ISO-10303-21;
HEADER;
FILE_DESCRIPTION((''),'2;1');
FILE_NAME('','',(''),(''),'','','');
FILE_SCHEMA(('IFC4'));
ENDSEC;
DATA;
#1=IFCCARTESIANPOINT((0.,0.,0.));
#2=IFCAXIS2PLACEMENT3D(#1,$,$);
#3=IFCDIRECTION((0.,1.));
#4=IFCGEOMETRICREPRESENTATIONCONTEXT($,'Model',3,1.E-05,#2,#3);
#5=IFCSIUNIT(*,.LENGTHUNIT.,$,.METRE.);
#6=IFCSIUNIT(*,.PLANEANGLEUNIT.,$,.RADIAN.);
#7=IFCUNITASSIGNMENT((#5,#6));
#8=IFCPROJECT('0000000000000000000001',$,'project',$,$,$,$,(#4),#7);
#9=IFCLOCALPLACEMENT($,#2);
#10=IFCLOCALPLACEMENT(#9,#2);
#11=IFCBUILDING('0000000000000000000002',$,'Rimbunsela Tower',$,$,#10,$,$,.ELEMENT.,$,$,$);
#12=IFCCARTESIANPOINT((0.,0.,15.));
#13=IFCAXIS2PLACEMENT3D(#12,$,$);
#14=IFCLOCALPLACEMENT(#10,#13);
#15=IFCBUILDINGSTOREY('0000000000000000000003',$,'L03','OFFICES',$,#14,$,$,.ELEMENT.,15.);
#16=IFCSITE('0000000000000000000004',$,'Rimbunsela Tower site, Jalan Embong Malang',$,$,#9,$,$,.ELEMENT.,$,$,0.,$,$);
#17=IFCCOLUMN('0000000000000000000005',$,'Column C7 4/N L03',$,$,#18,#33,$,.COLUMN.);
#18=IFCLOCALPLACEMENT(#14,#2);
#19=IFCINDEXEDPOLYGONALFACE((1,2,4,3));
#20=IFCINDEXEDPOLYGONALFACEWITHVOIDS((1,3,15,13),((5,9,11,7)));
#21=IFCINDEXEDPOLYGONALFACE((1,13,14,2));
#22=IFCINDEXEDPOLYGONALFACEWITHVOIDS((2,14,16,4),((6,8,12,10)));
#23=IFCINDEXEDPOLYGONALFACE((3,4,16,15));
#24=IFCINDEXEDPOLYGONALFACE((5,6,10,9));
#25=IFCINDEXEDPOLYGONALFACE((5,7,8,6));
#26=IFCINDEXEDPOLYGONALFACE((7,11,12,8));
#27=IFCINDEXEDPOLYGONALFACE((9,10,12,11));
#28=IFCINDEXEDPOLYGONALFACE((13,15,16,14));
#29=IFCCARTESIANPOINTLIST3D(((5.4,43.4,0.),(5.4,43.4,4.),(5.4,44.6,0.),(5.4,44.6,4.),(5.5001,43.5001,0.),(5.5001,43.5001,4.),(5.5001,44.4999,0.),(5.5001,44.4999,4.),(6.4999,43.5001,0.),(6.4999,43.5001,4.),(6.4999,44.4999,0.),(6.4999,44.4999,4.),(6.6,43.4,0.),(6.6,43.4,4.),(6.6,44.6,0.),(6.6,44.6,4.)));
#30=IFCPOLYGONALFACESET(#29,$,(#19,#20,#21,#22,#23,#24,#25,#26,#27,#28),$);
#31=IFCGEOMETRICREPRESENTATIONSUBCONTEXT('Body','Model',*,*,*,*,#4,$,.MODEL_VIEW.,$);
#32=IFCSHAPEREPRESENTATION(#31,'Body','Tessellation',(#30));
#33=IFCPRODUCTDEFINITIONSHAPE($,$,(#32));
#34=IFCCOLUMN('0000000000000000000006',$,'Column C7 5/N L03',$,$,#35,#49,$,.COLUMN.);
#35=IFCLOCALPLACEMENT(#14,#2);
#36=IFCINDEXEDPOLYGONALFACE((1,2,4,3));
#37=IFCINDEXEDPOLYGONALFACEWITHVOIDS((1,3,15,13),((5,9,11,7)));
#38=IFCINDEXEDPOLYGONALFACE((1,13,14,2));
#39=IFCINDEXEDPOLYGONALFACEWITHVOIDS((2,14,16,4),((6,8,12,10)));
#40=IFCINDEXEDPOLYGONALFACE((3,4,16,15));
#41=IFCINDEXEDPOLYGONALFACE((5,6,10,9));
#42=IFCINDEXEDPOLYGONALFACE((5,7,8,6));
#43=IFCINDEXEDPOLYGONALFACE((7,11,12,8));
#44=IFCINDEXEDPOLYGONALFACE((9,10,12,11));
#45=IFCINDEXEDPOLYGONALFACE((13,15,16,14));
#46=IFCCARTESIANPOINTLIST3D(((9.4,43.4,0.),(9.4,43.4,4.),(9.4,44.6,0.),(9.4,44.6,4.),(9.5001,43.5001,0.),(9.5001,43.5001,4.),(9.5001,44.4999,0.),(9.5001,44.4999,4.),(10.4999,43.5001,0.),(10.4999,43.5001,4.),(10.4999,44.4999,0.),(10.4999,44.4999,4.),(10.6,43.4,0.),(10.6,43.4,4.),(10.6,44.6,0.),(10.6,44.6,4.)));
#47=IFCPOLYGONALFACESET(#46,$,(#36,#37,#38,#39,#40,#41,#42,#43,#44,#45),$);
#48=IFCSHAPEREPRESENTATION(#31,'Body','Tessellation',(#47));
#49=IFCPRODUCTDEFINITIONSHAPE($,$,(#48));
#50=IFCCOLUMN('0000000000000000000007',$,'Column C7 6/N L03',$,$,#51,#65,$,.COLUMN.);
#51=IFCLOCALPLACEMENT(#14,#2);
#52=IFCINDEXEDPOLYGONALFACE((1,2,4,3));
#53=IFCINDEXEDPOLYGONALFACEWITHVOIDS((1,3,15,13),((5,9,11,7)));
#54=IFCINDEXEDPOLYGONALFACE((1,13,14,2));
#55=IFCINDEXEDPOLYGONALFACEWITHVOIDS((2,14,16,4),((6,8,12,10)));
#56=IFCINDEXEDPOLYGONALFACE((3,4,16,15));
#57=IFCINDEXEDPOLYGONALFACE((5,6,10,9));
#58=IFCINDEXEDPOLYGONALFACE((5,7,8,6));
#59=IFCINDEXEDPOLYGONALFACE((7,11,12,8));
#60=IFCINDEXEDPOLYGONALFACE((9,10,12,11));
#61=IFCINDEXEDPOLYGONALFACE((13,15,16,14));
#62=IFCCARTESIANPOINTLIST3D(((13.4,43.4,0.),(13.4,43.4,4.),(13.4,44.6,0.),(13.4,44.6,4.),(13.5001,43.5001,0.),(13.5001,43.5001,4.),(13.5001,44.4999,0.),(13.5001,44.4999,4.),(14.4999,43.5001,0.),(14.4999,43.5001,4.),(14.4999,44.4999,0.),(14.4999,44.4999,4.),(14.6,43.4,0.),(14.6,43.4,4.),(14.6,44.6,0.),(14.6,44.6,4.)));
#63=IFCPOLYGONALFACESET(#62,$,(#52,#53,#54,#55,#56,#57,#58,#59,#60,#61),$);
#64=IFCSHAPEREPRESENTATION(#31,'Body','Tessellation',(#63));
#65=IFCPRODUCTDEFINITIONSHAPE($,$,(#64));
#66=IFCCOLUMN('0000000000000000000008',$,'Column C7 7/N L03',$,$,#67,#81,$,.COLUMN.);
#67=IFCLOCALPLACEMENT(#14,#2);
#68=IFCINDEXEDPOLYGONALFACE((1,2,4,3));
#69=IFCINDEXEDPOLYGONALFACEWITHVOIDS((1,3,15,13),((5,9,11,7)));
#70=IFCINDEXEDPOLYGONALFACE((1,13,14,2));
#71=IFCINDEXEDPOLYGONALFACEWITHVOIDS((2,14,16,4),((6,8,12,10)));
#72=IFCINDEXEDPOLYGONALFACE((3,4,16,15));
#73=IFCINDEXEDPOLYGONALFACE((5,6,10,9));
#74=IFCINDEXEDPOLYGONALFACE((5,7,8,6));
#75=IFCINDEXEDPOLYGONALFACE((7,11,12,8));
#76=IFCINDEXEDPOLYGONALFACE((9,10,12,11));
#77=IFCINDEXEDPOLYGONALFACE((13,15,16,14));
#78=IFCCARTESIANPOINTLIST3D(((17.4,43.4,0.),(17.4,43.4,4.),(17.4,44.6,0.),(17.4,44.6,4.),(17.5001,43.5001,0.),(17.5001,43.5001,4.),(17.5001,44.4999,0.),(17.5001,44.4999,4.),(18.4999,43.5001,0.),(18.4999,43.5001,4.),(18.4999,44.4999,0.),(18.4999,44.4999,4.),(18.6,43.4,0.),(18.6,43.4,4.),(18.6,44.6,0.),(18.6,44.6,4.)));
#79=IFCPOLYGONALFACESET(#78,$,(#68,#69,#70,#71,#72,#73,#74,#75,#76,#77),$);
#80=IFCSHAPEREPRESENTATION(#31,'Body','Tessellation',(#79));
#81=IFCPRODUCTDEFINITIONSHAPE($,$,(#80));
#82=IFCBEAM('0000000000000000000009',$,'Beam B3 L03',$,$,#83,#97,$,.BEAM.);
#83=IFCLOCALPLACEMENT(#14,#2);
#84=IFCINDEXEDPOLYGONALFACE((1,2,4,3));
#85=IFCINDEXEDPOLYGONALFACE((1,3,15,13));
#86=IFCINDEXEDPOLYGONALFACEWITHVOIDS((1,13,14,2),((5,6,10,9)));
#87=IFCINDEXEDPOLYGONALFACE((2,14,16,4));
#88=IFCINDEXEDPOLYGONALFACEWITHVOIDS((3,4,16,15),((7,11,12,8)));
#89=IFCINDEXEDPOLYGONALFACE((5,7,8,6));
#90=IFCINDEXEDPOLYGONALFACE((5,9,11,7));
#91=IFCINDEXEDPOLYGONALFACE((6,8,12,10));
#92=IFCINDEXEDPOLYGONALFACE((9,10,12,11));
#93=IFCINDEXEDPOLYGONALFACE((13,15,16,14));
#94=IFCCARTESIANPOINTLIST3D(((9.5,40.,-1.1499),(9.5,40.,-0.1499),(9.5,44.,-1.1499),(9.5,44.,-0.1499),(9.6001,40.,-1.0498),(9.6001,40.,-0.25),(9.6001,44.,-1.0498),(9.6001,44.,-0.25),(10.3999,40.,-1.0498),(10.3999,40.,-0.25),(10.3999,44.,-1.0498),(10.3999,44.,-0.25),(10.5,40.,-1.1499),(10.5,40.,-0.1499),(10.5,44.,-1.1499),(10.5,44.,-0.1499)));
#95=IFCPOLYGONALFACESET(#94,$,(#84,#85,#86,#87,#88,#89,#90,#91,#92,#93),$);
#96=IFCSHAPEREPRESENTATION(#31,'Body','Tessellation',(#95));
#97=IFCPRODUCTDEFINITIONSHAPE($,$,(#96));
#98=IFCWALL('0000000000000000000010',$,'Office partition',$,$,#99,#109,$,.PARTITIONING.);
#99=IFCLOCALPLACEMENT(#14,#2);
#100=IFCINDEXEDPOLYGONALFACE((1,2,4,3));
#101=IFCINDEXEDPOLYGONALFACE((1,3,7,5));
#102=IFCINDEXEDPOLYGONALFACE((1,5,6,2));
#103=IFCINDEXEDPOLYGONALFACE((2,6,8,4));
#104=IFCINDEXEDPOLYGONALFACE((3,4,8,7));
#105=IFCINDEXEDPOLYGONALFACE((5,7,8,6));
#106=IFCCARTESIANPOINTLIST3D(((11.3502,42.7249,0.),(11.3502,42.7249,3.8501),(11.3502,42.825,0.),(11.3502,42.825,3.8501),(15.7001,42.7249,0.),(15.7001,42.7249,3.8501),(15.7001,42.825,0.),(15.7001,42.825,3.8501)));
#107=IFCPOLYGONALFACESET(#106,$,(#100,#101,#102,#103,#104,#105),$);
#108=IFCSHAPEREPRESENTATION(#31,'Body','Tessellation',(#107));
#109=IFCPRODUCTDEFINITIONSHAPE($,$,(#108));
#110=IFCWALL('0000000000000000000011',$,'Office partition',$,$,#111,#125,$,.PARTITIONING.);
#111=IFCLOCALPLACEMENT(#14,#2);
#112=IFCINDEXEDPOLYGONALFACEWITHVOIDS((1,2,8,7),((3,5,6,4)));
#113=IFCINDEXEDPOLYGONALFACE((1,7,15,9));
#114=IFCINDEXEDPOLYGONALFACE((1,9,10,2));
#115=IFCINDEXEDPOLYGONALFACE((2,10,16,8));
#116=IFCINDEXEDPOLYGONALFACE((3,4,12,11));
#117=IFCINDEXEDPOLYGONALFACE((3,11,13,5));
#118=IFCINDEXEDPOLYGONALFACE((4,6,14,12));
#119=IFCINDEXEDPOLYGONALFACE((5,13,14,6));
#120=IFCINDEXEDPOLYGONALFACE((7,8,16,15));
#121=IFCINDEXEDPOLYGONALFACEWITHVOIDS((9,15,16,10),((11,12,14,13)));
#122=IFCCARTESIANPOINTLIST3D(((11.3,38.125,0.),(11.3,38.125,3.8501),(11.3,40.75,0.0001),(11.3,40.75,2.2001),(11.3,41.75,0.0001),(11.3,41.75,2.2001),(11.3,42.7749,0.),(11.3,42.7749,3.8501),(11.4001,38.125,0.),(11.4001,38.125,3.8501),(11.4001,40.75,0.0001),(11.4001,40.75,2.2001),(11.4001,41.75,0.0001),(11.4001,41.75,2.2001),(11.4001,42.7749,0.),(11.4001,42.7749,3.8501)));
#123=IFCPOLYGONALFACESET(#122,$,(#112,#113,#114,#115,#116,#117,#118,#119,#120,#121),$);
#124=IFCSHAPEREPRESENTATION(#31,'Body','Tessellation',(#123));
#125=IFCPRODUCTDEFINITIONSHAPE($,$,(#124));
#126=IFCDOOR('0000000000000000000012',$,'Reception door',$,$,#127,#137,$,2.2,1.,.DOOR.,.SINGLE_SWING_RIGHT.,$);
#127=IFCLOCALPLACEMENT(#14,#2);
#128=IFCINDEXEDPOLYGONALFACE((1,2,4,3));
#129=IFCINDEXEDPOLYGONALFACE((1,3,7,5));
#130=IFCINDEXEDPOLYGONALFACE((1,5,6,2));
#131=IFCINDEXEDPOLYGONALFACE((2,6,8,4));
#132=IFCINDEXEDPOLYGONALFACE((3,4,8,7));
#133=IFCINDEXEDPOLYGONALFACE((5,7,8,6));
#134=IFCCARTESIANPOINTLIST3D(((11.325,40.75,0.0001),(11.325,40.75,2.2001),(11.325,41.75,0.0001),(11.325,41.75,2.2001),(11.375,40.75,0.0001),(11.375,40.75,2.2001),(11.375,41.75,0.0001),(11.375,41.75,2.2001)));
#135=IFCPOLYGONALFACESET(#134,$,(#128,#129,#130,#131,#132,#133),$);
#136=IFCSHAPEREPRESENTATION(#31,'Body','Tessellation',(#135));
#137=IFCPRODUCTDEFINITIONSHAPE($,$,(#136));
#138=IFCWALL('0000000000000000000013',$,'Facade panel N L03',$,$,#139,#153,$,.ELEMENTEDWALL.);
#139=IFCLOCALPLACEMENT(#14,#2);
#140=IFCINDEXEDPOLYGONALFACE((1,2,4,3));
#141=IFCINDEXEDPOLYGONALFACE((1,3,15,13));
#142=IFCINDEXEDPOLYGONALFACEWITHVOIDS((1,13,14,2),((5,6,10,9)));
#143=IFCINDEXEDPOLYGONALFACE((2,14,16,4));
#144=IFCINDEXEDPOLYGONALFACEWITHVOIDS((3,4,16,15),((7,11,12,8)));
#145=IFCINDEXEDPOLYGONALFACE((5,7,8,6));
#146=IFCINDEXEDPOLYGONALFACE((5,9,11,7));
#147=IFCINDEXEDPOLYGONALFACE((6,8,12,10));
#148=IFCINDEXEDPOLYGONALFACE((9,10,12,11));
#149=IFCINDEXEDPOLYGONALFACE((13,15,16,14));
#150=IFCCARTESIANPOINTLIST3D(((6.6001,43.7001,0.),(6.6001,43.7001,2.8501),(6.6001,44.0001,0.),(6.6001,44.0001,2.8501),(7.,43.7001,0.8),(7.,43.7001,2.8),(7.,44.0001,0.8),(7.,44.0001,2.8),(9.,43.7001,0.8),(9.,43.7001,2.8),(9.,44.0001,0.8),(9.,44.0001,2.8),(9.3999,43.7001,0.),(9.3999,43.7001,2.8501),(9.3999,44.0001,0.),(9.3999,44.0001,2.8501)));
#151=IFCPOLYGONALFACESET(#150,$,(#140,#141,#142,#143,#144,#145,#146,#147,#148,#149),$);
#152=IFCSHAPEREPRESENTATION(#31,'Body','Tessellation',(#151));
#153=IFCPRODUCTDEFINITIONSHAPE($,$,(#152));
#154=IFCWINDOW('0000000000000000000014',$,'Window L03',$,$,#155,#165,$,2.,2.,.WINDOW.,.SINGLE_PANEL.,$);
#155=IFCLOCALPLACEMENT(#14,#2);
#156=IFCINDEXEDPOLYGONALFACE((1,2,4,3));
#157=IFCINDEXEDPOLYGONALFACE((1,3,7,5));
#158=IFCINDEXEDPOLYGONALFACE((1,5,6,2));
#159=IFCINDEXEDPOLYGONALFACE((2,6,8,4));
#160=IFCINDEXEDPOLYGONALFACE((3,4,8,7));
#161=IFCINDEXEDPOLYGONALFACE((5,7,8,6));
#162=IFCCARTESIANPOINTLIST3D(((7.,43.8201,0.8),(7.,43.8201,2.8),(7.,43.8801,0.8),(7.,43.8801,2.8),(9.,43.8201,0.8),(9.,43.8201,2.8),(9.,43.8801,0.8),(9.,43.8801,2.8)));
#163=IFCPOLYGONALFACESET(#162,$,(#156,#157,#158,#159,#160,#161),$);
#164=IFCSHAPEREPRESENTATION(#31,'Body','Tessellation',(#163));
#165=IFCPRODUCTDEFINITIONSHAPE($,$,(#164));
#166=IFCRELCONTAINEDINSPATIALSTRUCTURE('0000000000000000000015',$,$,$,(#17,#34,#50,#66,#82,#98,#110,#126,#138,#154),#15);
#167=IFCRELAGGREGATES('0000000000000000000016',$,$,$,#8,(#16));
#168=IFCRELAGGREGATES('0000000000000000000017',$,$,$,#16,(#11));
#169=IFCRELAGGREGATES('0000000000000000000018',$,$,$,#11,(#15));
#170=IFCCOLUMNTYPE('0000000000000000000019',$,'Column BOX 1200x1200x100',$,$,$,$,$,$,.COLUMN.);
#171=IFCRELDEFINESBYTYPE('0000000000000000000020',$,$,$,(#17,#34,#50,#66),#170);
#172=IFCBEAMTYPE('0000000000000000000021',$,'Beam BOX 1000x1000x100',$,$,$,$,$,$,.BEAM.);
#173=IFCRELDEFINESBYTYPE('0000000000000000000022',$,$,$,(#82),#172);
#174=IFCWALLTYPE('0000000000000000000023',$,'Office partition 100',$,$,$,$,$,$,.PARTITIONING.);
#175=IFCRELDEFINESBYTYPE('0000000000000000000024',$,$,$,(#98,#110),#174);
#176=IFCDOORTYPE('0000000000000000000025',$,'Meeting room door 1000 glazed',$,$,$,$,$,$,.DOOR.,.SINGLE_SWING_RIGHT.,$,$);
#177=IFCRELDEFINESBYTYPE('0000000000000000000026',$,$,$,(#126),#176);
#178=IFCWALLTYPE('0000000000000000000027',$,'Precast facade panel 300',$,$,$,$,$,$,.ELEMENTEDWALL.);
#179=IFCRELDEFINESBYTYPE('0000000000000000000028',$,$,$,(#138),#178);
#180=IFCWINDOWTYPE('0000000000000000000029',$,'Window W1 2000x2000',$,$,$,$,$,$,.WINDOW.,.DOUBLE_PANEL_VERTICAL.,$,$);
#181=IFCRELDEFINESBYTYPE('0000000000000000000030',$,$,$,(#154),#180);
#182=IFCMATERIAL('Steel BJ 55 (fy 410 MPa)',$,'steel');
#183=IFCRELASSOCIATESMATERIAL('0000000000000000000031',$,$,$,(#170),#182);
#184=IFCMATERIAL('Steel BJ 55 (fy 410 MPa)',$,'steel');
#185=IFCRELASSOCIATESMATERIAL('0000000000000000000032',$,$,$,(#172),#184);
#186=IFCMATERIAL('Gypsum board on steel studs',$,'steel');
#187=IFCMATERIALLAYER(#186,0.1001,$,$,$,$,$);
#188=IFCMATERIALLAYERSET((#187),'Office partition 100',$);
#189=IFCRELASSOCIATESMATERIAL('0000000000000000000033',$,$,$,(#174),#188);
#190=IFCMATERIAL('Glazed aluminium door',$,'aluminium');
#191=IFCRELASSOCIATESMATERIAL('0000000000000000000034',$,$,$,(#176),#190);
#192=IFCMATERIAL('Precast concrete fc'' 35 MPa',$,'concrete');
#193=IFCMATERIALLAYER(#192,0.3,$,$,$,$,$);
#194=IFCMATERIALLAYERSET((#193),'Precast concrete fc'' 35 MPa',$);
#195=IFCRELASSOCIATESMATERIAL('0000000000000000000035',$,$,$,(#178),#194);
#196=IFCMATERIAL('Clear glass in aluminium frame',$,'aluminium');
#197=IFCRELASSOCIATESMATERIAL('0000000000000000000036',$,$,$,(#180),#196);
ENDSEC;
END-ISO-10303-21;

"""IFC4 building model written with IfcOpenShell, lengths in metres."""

from ifc_helpers import new_model, si_unit, direction, frame, frame_2d, origin, origin_2d, place, context, subcontext, project, spatial, rectangle, hollow_rectangle, extrude, material, layer, layer_set, material_profile, profile_set, type_object, element, fill, save


model = new_model("IFC4")

# Units and contexts
model_context = context("Model", 3, precision=1e-05, world=origin(), true_north=direction((0.0, 1.0)))
body_context = subcontext(model_context, "Body", "Model", "MODEL_VIEW")
ifc_project = project(units=[si_unit("LENGTHUNIT", "METRE"), si_unit("PLANEANGLEUNIT", "RADIAN")], contexts=[model_context])

# Site, building, storey
site_placement = place(None, origin())
site = spatial("IfcSite", under=ifc_project, at=site_placement, Name="Rimbunsela Tower site, Jalan Embong Malang", CompositionType="ELEMENT", RefElevation=0.0)
building_placement = place(site_placement, origin())
building = spatial("IfcBuilding", under=site, at=building_placement, Name="Rimbunsela Tower", CompositionType="ELEMENT")
storey_placement = place(building_placement, frame((0.0, 0.0, 15.0)))
storey = spatial("IfcBuildingStorey", under=building, at=storey_placement, Name="L03", Description="OFFICES", CompositionType="ELEMENT", Elevation=15.0)

# Columns
ifc_material_1 = material(Name="Steel BJ 55 (fy 410 MPa)", Category="steel")
ifc_material_profile_1 = material_profile(ifc_material_1, hollow_rectangle(XDim=1.2, YDim=1.2, WallThickness=0.1001, at=origin_2d()), Name="BOX 1200x1200x100")
ifc_profile_set_1 = profile_set([ifc_material_profile_1], Name="Steel BJ 55 (fy 410 MPa)")
column_type = type_object("IfcColumnType", Name="Column BOX 1200x1200x100", PredefinedType="COLUMN", material=ifc_profile_set_1)
for number, where, z_axis, x_axis, name in (
    (1, (6.0, 44.0, 0.0), (0.0, 0.0, 1.0), (1.0, 0.0, 0.0), "Column C7 4/N L03"),
    (2, (10.0, 44.0, 0.0), (0.0, 0.0, 1.0), (1.0, 0.0, 0.0), "Column C7 5/N L03"),
    (3, (14.0, 44.0, 0.0), (0.0, 0.0, 1.0), (1.0, 0.0, 0.0), "Column C7 6/N L03"),
    (4, (18.0, 44.0, 0.0), (0.0, 0.0, 1.0), (1.0, 0.0, 0.0), "Column C7 7/N L03"),
):
    element("IfcColumn", number, at=place(storey_placement, frame(where, z_axis=z_axis, x_axis=x_axis)), inside=storey, type_object=column_type, Name=name, PredefinedType="COLUMN", context=body_context, shape_type="SweptSolid", body=[
        extrude(hollow_rectangle(XDim=1.2, YDim=1.2, WallThickness=0.1001, at=origin_2d()), origin(), (0.0, 0.0, 1.0), 4.0),
    ])

# Beam
ifc_material_2 = material(Name="Steel BJ 55 (fy 410 MPa)", Category="steel")
ifc_material_profile_2 = material_profile(ifc_material_2, hollow_rectangle(XDim=1.0, YDim=1.0, WallThickness=0.1001, at=origin_2d()), Name="BOX 1000x1000x100")
ifc_profile_set_2 = profile_set([ifc_material_profile_2], Name="Steel BJ 55 (fy 410 MPa)")
beam_type = type_object("IfcBeamType", Name="Beam BOX 1000x1000x100", PredefinedType="BEAM", material=ifc_profile_set_2)
beam_placement = place(storey_placement, frame((10.0, 40.0, -0.6499), z_axis=(0.0, 1.0, 0.0), x_axis=(-1.0, 0.0, 0.0)))
element("IfcBeam", 5, at=beam_placement, inside=storey, type_object=beam_type, Name="Beam B3 L03", PredefinedType="BEAM", context=body_context, shape_type="SweptSolid", body=[
    extrude(hollow_rectangle(XDim=1.0, YDim=1.0, WallThickness=0.1001, at=origin_2d()), origin(), (0.0, 0.0, 1.0), 4.0),
])

# Wall
ifc_material_3 = material(Name="Gypsum board on steel studs", Category="steel")
ifc_layer_1 = layer(ifc_material_3, 0.1001)
ifc_layer_set_1 = layer_set([ifc_layer_1], Name="Office partition 100")
wall_type_1 = type_object("IfcWallType", Name="Office partition 100", PredefinedType="PARTITIONING", material=ifc_layer_set_1)
wall_1_placement = place(storey_placement, frame((15.7, 42.7749, 0.0), z_axis=(0.0, 0.0, 1.0), x_axis=(-1.0, 0.0, 0.0)))
element("IfcWall", 6, at=wall_1_placement, inside=storey, type_object=wall_type_1, Name="Office partition", PredefinedType="PARTITIONING", context=body_context, shape_type="SweptSolid", body=[
    extrude(rectangle(XDim=4.3499, YDim=0.1001, at=frame_2d((2.1748, 0.0))), origin(), (0.0, 0.0, 1.0), 3.8501),
])

# Wall, opening, door
wall_2_placement = place(storey_placement, frame((11.3501, 42.7749, 0.0), z_axis=(0.0, 0.0, 1.0), x_axis=(0.0, -1.0, 0.0)))
wall_2 = element("IfcWall", 7, at=wall_2_placement, inside=storey, type_object=wall_type_1, Name="Office partition", PredefinedType="PARTITIONING", context=body_context, shape_type="SweptSolid", body=[
    extrude(rectangle(XDim=4.6499, YDim=0.1001, at=frame_2d((2.325, 0.0))), origin(), (0.0, 0.0, 1.0), 3.8501),
])
opening_1_placement = place(wall_2_placement, frame((1.0249, 0.0, 0.0)))
opening_1 = element("IfcOpeningElement", 8, at=opening_1_placement, cuts=wall_2, PredefinedType="OPENING", context=body_context, shape_type="SweptSolid", body=[
    extrude(rectangle(XDim=1.0, YDim=2.2, at=frame_2d((0.5, 1.1001))), frame((0.0, 0.0601, 0.0), z_axis=(0.0, -1.0, 0.0), x_axis=(1.0, 0.0, 0.0)), (0.0, 0.0, 1.0), 0.1201),
])
ifc_material_4 = material(Name="Glazed aluminium door", Category="aluminium")
door_type = type_object("IfcDoorType", Name="Meeting room door 1000 glazed", OperationType="SINGLE_SWING_RIGHT", PredefinedType="DOOR", material=ifc_material_4)
door_placement = place(opening_1_placement, origin())
door = element("IfcDoor", 9, at=door_placement, inside=storey, type_object=door_type, Name="Reception door", OperationType="SINGLE_SWING_RIGHT", OverallHeight=2.2, OverallWidth=1.0, PredefinedType="DOOR", context=body_context, shape_type="SweptSolid", body=[
    extrude(rectangle(XDim=1.0, YDim=2.2, at=frame_2d((0.5, 1.1001))), frame((0.0, 0.0249, 0.0), z_axis=(0.0, -1.0, 0.0), x_axis=(1.0, 0.0, 0.0)), (0.0, 0.0, 1.0), 0.05),
])
fill(opening_1, door)

# Wall, opening, window
ifc_material_5 = material(Name="Precast concrete fc' 35 MPa", Category="concrete")
ifc_layer_2 = layer(ifc_material_5, 0.3)
ifc_layer_set_2 = layer_set([ifc_layer_2], Name="Precast concrete fc' 35 MPa")
wall_type_2 = type_object("IfcWallType", Name="Precast facade panel 300", PredefinedType="ELEMENTEDWALL", material=ifc_layer_set_2)
wall_3_placement = place(storey_placement, frame((9.3999, 43.8501, 0.0), z_axis=(0.0, 0.0, 1.0), x_axis=(-1.0, 0.0, 0.0)))
wall_3 = element("IfcWall", 10, at=wall_3_placement, inside=storey, type_object=wall_type_2, Name="Facade panel N L03", PredefinedType="ELEMENTEDWALL", context=body_context, shape_type="SweptSolid", body=[
    extrude(rectangle(XDim=2.7998, YDim=0.3, at=frame_2d((1.3999, 0.0))), origin(), (0.0, 0.0, 1.0), 2.8501),
])
opening_2_placement = place(wall_3_placement, frame((0.3999, 0.0, 0.8)))
opening_2 = element("IfcOpeningElement", 11, at=opening_2_placement, cuts=wall_3, PredefinedType="OPENING", context=body_context, shape_type="SweptSolid", body=[
    extrude(rectangle(XDim=2.0, YDim=2.0, at=frame_2d((1.0, 1.0))), frame((0.0, 0.1599, 0.0), z_axis=(0.0, -1.0, 0.0), x_axis=(1.0, 0.0, 0.0)), (0.0, 0.0, 1.0), 0.3201),
])
ifc_material_6 = material(Name="Clear glass in aluminium frame", Category="aluminium")
window_type = type_object("IfcWindowType", Name="Window W1 2000x2000", PartitioningType="DOUBLE_PANEL_VERTICAL", PredefinedType="WINDOW", material=ifc_material_6)
window_1_placement = place(opening_2_placement, origin())
window_1 = element("IfcWindow", 12, at=window_1_placement, inside=storey, type_object=window_type, Name="Window L03", OverallHeight=2.0, OverallWidth=2.0, PartitioningType="SINGLE_PANEL", PredefinedType="WINDOW", context=body_context, shape_type="SweptSolid", body=[
    extrude(rectangle(XDim=2.0, YDim=2.0, at=frame_2d((1.0, 1.0))), frame((0.0, 0.03, 0.0), z_axis=(0.0, -1.0, 0.0), x_axis=(1.0, 0.0, 0.0)), (0.0, 0.0, 1.0), 0.0601),
])
fill(opening_2, window_1)

save(model, "model.ifc")
